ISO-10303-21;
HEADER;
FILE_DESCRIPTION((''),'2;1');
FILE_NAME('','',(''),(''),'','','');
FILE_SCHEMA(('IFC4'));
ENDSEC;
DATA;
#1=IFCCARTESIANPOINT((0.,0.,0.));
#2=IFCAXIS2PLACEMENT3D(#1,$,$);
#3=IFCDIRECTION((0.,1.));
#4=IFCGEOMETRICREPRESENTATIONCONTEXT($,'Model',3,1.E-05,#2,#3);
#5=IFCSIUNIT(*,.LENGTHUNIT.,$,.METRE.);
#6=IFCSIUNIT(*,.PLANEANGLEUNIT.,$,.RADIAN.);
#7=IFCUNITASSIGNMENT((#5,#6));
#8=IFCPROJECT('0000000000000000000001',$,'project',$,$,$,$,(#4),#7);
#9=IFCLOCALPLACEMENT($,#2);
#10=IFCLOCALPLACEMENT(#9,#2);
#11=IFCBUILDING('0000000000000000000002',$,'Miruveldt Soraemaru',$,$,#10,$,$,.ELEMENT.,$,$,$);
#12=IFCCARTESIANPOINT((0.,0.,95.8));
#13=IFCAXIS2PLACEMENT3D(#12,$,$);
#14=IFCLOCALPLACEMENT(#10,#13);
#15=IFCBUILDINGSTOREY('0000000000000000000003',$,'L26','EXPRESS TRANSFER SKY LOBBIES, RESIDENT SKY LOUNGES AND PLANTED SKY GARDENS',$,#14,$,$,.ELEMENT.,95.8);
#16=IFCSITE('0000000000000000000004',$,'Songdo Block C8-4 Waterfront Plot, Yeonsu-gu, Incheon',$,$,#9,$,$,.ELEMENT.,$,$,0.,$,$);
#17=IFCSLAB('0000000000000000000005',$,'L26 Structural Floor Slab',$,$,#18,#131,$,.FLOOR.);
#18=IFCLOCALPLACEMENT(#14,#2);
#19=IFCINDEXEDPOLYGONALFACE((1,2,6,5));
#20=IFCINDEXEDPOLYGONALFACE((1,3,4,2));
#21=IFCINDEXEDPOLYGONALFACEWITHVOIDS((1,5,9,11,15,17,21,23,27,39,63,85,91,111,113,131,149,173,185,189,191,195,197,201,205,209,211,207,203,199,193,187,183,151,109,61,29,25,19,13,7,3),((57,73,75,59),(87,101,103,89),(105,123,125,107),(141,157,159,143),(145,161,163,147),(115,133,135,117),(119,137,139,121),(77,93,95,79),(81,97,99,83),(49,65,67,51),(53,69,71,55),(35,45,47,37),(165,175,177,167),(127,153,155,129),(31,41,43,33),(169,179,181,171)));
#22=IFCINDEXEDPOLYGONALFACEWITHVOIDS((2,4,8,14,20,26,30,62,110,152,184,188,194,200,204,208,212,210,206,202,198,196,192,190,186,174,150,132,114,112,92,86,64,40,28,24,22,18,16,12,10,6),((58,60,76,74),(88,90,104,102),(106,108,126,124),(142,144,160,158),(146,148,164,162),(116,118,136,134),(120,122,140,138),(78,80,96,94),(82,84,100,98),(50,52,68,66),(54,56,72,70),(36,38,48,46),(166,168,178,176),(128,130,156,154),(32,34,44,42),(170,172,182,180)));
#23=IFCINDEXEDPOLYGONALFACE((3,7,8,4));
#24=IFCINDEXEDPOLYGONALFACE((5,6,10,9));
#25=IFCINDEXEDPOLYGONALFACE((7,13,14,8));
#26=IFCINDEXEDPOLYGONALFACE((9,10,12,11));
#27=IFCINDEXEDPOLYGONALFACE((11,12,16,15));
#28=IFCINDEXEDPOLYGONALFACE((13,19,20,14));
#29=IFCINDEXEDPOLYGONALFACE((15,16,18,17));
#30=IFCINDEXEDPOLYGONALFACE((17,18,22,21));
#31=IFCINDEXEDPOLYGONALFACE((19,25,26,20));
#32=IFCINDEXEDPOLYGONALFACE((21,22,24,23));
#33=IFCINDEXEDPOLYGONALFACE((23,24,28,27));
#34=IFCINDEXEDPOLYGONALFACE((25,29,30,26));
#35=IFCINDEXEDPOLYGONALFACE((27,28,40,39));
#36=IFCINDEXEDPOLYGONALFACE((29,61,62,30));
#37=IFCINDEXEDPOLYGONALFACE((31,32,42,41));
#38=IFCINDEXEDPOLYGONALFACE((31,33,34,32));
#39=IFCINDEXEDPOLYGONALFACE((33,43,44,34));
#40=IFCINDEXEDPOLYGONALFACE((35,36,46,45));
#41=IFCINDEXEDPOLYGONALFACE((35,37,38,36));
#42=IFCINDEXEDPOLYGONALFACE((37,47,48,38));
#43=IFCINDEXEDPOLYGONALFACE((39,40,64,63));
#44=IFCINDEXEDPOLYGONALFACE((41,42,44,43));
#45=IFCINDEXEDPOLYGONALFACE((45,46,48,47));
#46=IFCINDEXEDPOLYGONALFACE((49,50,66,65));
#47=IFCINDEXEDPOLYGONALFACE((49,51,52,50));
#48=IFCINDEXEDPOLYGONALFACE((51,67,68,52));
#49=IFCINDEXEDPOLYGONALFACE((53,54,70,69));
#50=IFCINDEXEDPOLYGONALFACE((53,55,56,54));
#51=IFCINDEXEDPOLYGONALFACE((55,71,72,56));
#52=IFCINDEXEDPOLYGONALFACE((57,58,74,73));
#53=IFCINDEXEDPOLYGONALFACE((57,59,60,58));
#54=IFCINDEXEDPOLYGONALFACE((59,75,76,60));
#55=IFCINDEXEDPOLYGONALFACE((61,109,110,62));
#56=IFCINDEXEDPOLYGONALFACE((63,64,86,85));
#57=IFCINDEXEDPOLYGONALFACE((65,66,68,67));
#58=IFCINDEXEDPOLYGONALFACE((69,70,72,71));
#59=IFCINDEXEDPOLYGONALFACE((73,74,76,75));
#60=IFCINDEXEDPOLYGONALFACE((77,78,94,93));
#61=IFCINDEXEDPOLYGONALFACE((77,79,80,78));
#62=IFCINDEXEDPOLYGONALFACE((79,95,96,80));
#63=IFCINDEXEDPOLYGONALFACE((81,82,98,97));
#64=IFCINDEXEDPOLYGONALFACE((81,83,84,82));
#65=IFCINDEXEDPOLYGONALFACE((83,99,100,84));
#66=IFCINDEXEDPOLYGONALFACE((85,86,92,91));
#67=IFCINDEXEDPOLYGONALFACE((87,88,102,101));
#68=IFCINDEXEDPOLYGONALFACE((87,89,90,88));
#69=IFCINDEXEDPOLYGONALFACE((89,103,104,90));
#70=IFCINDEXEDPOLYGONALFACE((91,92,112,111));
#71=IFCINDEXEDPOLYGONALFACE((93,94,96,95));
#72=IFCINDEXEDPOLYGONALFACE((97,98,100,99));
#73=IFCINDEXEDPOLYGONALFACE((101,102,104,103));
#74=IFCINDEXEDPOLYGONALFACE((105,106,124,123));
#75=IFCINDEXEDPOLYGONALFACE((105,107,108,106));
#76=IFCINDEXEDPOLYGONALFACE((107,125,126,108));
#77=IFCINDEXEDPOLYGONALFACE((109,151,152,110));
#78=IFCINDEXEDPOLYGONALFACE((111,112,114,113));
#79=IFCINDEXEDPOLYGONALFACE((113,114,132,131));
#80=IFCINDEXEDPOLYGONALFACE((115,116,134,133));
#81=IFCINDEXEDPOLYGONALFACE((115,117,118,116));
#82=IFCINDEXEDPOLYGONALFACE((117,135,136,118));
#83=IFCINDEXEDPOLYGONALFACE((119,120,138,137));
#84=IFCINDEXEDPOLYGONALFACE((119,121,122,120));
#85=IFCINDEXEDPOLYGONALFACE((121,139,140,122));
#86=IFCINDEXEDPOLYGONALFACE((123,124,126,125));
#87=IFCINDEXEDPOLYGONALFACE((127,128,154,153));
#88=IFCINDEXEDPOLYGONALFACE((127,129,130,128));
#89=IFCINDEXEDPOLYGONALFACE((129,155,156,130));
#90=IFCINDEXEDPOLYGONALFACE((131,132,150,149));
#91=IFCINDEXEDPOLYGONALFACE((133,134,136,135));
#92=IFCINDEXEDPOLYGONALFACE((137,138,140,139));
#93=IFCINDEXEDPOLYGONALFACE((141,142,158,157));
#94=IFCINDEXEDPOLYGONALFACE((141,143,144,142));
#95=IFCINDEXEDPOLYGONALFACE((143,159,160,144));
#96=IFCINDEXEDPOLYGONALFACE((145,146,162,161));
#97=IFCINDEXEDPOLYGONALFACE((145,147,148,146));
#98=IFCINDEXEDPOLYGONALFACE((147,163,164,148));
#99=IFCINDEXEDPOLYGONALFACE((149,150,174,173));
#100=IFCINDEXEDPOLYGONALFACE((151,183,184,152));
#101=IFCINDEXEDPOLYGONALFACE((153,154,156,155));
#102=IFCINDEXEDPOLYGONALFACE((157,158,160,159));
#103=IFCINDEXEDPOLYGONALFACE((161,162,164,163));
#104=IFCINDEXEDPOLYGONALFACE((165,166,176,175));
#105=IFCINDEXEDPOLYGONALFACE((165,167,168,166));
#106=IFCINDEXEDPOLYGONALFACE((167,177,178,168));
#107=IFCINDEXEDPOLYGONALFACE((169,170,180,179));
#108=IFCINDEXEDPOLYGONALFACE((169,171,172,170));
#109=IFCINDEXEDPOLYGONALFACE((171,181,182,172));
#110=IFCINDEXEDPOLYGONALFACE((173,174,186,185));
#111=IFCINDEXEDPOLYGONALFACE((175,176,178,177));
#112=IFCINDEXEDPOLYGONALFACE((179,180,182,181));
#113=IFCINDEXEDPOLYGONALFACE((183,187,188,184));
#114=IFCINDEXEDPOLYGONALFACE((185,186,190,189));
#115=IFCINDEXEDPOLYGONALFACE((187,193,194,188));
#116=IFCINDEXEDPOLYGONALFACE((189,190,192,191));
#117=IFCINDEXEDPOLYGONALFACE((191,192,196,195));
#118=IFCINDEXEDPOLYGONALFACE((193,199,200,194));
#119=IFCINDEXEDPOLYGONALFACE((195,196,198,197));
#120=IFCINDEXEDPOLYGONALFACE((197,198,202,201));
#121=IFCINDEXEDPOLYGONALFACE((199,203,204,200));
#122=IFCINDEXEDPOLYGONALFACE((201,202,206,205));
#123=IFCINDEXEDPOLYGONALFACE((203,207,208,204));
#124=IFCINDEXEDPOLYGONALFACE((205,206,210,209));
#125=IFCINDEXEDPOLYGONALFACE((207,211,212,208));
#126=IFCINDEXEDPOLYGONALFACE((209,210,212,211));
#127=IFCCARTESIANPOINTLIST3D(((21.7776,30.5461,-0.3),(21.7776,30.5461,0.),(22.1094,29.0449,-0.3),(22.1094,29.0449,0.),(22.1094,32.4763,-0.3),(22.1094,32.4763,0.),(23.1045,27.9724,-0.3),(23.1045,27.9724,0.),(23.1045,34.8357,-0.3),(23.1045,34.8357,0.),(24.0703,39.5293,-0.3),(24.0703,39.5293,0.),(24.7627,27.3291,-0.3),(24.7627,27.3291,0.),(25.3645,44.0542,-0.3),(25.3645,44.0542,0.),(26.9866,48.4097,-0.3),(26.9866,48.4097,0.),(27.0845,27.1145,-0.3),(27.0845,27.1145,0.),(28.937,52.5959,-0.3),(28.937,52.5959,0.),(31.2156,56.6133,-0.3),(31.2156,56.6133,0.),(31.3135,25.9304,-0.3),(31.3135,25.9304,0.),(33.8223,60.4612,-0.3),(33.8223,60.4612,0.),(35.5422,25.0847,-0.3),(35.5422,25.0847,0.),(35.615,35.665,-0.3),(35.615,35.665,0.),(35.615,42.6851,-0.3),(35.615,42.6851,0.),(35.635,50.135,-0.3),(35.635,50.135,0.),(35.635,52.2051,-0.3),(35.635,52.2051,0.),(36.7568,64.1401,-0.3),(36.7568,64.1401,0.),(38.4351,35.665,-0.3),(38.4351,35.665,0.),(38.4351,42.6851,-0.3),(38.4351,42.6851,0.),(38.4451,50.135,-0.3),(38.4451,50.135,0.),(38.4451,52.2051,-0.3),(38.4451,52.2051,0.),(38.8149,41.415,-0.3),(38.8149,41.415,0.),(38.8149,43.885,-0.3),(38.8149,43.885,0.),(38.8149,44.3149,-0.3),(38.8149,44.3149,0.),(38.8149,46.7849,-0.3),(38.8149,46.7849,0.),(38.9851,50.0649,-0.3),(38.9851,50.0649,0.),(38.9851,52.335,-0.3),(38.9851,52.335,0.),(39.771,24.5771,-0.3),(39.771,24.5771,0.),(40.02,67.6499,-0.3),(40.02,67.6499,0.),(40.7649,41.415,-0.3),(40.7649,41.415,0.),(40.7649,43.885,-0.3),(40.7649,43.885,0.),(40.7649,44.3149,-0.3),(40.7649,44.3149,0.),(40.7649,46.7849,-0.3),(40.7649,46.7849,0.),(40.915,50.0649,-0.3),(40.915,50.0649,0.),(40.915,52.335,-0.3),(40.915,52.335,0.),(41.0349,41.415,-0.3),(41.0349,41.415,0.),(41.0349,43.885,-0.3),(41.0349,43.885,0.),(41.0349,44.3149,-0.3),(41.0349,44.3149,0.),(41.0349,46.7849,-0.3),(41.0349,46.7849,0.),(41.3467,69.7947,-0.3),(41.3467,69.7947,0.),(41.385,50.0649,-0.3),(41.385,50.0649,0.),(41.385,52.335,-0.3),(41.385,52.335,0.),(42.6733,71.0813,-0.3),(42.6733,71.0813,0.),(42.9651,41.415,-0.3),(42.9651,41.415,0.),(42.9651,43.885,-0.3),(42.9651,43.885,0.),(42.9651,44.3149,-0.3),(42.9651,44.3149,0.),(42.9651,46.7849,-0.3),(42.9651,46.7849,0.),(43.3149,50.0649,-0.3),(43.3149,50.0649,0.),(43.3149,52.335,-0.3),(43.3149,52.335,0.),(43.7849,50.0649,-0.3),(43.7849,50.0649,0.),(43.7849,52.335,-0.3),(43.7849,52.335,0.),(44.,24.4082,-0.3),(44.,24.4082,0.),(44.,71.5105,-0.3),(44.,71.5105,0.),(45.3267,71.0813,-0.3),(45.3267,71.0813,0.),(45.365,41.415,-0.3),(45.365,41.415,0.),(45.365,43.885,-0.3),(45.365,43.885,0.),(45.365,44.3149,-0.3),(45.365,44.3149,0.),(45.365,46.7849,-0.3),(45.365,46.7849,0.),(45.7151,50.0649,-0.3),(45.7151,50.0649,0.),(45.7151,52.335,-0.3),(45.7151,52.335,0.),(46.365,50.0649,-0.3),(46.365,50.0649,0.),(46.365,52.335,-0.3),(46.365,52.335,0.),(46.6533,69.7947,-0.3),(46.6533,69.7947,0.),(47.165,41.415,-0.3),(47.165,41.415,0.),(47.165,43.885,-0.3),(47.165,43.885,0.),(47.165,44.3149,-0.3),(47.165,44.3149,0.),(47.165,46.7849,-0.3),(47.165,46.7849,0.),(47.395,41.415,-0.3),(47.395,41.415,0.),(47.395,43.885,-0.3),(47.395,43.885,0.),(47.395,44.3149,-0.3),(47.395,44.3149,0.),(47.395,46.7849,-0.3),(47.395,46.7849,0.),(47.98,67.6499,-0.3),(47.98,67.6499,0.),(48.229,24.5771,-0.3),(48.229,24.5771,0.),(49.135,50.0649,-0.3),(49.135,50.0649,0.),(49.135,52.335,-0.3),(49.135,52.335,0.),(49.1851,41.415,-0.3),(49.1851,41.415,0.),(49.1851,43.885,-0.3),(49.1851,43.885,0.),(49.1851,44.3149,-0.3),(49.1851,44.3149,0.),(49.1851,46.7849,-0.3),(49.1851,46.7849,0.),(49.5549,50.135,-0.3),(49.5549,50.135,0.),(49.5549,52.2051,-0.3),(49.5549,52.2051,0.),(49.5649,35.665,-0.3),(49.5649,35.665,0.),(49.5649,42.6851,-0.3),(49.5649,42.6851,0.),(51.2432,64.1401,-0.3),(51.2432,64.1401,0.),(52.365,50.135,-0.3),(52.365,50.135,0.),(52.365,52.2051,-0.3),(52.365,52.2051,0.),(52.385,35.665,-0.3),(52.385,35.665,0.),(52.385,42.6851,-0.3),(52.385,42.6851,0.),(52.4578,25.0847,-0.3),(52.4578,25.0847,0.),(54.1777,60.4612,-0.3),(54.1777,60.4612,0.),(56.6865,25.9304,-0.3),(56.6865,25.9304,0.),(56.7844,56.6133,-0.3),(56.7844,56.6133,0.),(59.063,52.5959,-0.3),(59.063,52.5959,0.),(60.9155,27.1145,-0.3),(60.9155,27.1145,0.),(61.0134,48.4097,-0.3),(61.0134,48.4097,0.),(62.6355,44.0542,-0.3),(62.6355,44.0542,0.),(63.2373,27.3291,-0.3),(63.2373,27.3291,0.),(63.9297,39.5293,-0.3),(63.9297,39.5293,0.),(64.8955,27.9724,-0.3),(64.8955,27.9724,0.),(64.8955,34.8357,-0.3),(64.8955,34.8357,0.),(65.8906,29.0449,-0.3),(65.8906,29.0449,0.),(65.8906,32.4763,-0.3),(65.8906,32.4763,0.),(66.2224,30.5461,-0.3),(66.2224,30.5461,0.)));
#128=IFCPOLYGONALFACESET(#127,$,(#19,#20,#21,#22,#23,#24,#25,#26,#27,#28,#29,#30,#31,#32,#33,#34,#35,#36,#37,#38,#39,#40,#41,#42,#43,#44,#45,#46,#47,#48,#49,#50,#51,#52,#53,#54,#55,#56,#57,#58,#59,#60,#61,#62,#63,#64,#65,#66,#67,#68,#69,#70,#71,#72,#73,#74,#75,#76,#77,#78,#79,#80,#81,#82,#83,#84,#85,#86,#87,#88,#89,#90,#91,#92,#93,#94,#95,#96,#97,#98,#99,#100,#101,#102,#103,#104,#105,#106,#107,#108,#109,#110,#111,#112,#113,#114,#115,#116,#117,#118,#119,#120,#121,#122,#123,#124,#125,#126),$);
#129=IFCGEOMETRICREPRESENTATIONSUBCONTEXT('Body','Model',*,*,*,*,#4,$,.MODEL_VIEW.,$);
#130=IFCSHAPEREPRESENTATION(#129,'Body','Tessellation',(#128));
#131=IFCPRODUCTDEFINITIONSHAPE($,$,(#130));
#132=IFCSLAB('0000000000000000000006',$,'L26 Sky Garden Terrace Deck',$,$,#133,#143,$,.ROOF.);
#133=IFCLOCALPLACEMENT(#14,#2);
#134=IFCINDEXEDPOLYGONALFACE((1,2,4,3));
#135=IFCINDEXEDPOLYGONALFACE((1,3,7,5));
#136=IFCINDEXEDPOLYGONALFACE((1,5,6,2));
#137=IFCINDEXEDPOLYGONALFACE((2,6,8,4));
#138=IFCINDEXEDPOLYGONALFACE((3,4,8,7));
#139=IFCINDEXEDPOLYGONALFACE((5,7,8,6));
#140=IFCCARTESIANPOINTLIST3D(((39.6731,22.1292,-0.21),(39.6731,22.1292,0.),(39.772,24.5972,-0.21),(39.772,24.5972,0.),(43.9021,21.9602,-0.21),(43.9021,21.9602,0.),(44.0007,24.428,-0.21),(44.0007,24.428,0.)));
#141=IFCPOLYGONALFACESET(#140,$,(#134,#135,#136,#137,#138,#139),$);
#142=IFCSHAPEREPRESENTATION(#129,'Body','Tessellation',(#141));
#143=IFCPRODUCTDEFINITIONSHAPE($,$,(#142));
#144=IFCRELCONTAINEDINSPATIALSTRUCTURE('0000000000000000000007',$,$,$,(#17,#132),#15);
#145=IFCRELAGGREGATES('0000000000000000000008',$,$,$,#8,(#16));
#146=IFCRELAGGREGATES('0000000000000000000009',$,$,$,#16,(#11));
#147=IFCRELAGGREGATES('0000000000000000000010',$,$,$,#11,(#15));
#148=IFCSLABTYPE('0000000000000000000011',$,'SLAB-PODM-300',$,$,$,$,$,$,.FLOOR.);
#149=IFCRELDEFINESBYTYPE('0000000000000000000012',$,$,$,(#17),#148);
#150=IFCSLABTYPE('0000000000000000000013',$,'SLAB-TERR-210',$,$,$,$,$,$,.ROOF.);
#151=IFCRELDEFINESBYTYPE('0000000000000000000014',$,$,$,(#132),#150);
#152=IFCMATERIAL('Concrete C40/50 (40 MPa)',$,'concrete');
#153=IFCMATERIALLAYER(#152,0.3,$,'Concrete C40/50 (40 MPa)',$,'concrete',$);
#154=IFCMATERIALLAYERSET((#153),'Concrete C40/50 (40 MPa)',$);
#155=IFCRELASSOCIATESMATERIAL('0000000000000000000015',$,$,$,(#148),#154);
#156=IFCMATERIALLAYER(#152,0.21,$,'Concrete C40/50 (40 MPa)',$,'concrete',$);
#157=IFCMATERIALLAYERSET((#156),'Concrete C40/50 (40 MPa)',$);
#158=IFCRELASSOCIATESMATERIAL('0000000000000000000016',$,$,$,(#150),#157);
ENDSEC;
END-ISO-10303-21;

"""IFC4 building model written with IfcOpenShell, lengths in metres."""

from ifc_helpers import new_model, si_unit, direction, frame, origin, place, context, subcontext, project, spatial, polyline, outline, extrude, material, layer, layer_set, type_object, element, save


model = new_model("IFC4")

# Units and contexts
model_context = context("Model", 3, precision=1e-05, world=origin(), true_north=direction((0.0, 1.0)))
body_context = subcontext(model_context, "Body", "Model", "MODEL_VIEW")
ifc_project = project(units=[si_unit("LENGTHUNIT", "METRE"), si_unit("PLANEANGLEUNIT", "RADIAN")], contexts=[model_context])

# Site, building, storey
site_placement = place(None, origin())
site = spatial("IfcSite", under=ifc_project, at=site_placement, Name="Songdo Block C8-4 Waterfront Plot, Yeonsu-gu, Incheon", CompositionType="ELEMENT", RefElevation=0.0)
building_placement = place(site_placement, origin())
building = spatial("IfcBuilding", under=site, at=building_placement, Name="Miruveldt Soraemaru", CompositionType="ELEMENT")
storey_placement = place(building_placement, frame((0.0, 0.0, 95.8)))
storey = spatial("IfcBuildingStorey", under=building, at=storey_placement, Name="L26", Description="EXPRESS TRANSFER SKY LOBBIES, RESIDENT SKY LOUNGES AND PLANTED SKY GARDENS", CompositionType="ELEMENT", Elevation=95.8)

# Shared definitions
ifc_material_1 = material(Name="Concrete C40/50 (40 MPa)", Category="concrete")

# Slabs
ifc_layer_1 = layer(ifc_material_1, 0.3, Name="Concrete C40/50 (40 MPa)", Category="concrete")
ifc_layer_set_1 = layer_set([ifc_layer_1], Name="Concrete C40/50 (40 MPa)")
slab_type_1 = type_object("IfcSlabType", Name="SLAB-PODM-300", PredefinedType="FLOOR", material=ifc_layer_set_1)
slab_1_placement = place(storey_placement, frame((0.0, 0.0, -0.3)))
element("IfcSlab", 1, at=slab_1_placement, inside=storey, type_object=slab_type_1, Name="L26 Structural Floor Slab", PredefinedType="FLOOR", context=body_context, shape_type="SweptSolid", body=[
    extrude(outline(polyline([(51.2432, 64.1401), (54.1777, 60.4612), (56.7844, 56.6133), (59.063, 52.5959), (61.0134, 48.4097), (62.6355, 44.0542), (63.9297, 39.5293), (64.8955, 34.8357), (65.8906, 32.4763), (66.2224, 30.5461), (65.8906, 29.0449), (64.8955, 27.9724), (63.2373, 27.3291), (60.9155, 27.1145), (56.6865, 25.9304), (52.4578, 25.0847), (48.229, 24.5771), (44.0, 24.4082), (39.771, 24.5771), (35.5422, 25.0847), (31.3135, 25.9304), (27.0845, 27.1145), (24.7627, 27.3291), (23.1045, 27.9724), (22.1094, 29.0449), (21.7776, 30.5461), (22.1094, 32.4763), (23.1045, 34.8357), (24.0703, 39.5293), (25.3645, 44.0542), (26.9866, 48.4097), (28.937, 52.5959), (31.2156, 56.6133), (33.8223, 60.4612), (36.7568, 64.1401), (40.02, 67.6499), (41.3467, 69.7947), (42.6733, 71.0813), (44.0, 71.5105), (45.3267, 71.0813), (46.6533, 69.7947), (47.98, 67.6499), (51.2432, 64.1401)]), holes=[polyline([(35.615, 42.6851), (35.615, 35.665), (38.4351, 35.665), (38.4351, 42.6851), (35.615, 42.6851)]), polyline([(38.8149, 41.415), (40.7649, 41.415), (40.7649, 43.885), (38.8149, 43.885), (38.8149, 41.415)]), polyline([(41.0349, 41.415), (42.9651, 41.415), (42.9651, 43.885), (41.0349, 43.885), (41.0349, 41.415)]), polyline([(38.8149, 44.3149), (40.7649, 44.3149), (40.7649, 46.7849), (38.8149, 46.7849), (38.8149, 44.3149)]), polyline([(41.0349, 44.3149), (42.9651, 44.3149), (42.9651, 46.7849), (41.0349, 46.7849), (41.0349, 44.3149)]), polyline([(35.635, 50.135), (38.4451, 50.135), (38.4451, 52.2051), (35.635, 52.2051), (35.635, 50.135)]), polyline([(38.9851, 50.0649), (40.915, 50.0649), (40.915, 52.335), (38.9851, 52.335), (38.9851, 50.0649)]), polyline([(41.385, 50.0649), (43.3149, 50.0649), (43.3149, 52.335), (41.385, 52.335), (41.385, 50.0649)]), polyline([(49.5649, 42.6851), (49.5649, 35.665), (52.385, 35.665), (52.385, 42.6851), (49.5649, 42.6851)]), polyline([(45.365, 41.415), (47.165, 41.415), (47.165, 43.885), (45.365, 43.885), (45.365, 41.415)]), polyline([(47.395, 41.415), (49.1851, 41.415), (49.1851, 43.885), (47.395, 43.885), (47.395, 41.415)]), polyline([(45.365, 44.3149), (47.165, 44.3149), (47.165, 46.7849), (45.365, 46.7849), (45.365, 44.3149)]), polyline([(47.395, 44.3149), (49.1851, 44.3149), (49.1851, 46.7849), (47.395, 46.7849), (47.395, 44.3149)]), polyline([(49.5549, 50.135), (52.365, 50.135), (52.365, 52.2051), (49.5549, 52.2051), (49.5549, 50.135)]), polyline([(43.7849, 50.0649), (45.7151, 50.0649), (45.7151, 52.335), (43.7849, 52.335), (43.7849, 50.0649)]), polyline([(46.365, 50.0649), (49.135, 50.0649), (49.135, 52.335), (46.365, 52.335), (46.365, 50.0649)])]), origin(), (0.0, 0.0, 1.0), 0.3),
])
ifc_layer_2 = layer(ifc_material_1, 0.21, Name="Concrete C40/50 (40 MPa)", Category="concrete")
ifc_layer_set_2 = layer_set([ifc_layer_2], Name="Concrete C40/50 (40 MPa)")
slab_type_2 = type_object("IfcSlabType", Name="SLAB-TERR-210", PredefinedType="ROOF", material=ifc_layer_set_2)
slab_2_placement = place(storey_placement, frame((0.0, 0.0, -0.21)))
element("IfcSlab", 2, at=slab_2_placement, inside=storey, type_object=slab_type_2, Name="L26 Sky Garden Terrace Deck", PredefinedType="ROOF", context=body_context, shape_type="SweptSolid", body=[
    extrude(outline(polyline([(39.772, 24.5972), (44.0007, 24.428), (43.9021, 21.9602), (39.6731, 22.1292), (39.772, 24.5972)])), origin(), (0.0, 0.0, 1.0), 0.21),
])

save(model, "model.ifc")
